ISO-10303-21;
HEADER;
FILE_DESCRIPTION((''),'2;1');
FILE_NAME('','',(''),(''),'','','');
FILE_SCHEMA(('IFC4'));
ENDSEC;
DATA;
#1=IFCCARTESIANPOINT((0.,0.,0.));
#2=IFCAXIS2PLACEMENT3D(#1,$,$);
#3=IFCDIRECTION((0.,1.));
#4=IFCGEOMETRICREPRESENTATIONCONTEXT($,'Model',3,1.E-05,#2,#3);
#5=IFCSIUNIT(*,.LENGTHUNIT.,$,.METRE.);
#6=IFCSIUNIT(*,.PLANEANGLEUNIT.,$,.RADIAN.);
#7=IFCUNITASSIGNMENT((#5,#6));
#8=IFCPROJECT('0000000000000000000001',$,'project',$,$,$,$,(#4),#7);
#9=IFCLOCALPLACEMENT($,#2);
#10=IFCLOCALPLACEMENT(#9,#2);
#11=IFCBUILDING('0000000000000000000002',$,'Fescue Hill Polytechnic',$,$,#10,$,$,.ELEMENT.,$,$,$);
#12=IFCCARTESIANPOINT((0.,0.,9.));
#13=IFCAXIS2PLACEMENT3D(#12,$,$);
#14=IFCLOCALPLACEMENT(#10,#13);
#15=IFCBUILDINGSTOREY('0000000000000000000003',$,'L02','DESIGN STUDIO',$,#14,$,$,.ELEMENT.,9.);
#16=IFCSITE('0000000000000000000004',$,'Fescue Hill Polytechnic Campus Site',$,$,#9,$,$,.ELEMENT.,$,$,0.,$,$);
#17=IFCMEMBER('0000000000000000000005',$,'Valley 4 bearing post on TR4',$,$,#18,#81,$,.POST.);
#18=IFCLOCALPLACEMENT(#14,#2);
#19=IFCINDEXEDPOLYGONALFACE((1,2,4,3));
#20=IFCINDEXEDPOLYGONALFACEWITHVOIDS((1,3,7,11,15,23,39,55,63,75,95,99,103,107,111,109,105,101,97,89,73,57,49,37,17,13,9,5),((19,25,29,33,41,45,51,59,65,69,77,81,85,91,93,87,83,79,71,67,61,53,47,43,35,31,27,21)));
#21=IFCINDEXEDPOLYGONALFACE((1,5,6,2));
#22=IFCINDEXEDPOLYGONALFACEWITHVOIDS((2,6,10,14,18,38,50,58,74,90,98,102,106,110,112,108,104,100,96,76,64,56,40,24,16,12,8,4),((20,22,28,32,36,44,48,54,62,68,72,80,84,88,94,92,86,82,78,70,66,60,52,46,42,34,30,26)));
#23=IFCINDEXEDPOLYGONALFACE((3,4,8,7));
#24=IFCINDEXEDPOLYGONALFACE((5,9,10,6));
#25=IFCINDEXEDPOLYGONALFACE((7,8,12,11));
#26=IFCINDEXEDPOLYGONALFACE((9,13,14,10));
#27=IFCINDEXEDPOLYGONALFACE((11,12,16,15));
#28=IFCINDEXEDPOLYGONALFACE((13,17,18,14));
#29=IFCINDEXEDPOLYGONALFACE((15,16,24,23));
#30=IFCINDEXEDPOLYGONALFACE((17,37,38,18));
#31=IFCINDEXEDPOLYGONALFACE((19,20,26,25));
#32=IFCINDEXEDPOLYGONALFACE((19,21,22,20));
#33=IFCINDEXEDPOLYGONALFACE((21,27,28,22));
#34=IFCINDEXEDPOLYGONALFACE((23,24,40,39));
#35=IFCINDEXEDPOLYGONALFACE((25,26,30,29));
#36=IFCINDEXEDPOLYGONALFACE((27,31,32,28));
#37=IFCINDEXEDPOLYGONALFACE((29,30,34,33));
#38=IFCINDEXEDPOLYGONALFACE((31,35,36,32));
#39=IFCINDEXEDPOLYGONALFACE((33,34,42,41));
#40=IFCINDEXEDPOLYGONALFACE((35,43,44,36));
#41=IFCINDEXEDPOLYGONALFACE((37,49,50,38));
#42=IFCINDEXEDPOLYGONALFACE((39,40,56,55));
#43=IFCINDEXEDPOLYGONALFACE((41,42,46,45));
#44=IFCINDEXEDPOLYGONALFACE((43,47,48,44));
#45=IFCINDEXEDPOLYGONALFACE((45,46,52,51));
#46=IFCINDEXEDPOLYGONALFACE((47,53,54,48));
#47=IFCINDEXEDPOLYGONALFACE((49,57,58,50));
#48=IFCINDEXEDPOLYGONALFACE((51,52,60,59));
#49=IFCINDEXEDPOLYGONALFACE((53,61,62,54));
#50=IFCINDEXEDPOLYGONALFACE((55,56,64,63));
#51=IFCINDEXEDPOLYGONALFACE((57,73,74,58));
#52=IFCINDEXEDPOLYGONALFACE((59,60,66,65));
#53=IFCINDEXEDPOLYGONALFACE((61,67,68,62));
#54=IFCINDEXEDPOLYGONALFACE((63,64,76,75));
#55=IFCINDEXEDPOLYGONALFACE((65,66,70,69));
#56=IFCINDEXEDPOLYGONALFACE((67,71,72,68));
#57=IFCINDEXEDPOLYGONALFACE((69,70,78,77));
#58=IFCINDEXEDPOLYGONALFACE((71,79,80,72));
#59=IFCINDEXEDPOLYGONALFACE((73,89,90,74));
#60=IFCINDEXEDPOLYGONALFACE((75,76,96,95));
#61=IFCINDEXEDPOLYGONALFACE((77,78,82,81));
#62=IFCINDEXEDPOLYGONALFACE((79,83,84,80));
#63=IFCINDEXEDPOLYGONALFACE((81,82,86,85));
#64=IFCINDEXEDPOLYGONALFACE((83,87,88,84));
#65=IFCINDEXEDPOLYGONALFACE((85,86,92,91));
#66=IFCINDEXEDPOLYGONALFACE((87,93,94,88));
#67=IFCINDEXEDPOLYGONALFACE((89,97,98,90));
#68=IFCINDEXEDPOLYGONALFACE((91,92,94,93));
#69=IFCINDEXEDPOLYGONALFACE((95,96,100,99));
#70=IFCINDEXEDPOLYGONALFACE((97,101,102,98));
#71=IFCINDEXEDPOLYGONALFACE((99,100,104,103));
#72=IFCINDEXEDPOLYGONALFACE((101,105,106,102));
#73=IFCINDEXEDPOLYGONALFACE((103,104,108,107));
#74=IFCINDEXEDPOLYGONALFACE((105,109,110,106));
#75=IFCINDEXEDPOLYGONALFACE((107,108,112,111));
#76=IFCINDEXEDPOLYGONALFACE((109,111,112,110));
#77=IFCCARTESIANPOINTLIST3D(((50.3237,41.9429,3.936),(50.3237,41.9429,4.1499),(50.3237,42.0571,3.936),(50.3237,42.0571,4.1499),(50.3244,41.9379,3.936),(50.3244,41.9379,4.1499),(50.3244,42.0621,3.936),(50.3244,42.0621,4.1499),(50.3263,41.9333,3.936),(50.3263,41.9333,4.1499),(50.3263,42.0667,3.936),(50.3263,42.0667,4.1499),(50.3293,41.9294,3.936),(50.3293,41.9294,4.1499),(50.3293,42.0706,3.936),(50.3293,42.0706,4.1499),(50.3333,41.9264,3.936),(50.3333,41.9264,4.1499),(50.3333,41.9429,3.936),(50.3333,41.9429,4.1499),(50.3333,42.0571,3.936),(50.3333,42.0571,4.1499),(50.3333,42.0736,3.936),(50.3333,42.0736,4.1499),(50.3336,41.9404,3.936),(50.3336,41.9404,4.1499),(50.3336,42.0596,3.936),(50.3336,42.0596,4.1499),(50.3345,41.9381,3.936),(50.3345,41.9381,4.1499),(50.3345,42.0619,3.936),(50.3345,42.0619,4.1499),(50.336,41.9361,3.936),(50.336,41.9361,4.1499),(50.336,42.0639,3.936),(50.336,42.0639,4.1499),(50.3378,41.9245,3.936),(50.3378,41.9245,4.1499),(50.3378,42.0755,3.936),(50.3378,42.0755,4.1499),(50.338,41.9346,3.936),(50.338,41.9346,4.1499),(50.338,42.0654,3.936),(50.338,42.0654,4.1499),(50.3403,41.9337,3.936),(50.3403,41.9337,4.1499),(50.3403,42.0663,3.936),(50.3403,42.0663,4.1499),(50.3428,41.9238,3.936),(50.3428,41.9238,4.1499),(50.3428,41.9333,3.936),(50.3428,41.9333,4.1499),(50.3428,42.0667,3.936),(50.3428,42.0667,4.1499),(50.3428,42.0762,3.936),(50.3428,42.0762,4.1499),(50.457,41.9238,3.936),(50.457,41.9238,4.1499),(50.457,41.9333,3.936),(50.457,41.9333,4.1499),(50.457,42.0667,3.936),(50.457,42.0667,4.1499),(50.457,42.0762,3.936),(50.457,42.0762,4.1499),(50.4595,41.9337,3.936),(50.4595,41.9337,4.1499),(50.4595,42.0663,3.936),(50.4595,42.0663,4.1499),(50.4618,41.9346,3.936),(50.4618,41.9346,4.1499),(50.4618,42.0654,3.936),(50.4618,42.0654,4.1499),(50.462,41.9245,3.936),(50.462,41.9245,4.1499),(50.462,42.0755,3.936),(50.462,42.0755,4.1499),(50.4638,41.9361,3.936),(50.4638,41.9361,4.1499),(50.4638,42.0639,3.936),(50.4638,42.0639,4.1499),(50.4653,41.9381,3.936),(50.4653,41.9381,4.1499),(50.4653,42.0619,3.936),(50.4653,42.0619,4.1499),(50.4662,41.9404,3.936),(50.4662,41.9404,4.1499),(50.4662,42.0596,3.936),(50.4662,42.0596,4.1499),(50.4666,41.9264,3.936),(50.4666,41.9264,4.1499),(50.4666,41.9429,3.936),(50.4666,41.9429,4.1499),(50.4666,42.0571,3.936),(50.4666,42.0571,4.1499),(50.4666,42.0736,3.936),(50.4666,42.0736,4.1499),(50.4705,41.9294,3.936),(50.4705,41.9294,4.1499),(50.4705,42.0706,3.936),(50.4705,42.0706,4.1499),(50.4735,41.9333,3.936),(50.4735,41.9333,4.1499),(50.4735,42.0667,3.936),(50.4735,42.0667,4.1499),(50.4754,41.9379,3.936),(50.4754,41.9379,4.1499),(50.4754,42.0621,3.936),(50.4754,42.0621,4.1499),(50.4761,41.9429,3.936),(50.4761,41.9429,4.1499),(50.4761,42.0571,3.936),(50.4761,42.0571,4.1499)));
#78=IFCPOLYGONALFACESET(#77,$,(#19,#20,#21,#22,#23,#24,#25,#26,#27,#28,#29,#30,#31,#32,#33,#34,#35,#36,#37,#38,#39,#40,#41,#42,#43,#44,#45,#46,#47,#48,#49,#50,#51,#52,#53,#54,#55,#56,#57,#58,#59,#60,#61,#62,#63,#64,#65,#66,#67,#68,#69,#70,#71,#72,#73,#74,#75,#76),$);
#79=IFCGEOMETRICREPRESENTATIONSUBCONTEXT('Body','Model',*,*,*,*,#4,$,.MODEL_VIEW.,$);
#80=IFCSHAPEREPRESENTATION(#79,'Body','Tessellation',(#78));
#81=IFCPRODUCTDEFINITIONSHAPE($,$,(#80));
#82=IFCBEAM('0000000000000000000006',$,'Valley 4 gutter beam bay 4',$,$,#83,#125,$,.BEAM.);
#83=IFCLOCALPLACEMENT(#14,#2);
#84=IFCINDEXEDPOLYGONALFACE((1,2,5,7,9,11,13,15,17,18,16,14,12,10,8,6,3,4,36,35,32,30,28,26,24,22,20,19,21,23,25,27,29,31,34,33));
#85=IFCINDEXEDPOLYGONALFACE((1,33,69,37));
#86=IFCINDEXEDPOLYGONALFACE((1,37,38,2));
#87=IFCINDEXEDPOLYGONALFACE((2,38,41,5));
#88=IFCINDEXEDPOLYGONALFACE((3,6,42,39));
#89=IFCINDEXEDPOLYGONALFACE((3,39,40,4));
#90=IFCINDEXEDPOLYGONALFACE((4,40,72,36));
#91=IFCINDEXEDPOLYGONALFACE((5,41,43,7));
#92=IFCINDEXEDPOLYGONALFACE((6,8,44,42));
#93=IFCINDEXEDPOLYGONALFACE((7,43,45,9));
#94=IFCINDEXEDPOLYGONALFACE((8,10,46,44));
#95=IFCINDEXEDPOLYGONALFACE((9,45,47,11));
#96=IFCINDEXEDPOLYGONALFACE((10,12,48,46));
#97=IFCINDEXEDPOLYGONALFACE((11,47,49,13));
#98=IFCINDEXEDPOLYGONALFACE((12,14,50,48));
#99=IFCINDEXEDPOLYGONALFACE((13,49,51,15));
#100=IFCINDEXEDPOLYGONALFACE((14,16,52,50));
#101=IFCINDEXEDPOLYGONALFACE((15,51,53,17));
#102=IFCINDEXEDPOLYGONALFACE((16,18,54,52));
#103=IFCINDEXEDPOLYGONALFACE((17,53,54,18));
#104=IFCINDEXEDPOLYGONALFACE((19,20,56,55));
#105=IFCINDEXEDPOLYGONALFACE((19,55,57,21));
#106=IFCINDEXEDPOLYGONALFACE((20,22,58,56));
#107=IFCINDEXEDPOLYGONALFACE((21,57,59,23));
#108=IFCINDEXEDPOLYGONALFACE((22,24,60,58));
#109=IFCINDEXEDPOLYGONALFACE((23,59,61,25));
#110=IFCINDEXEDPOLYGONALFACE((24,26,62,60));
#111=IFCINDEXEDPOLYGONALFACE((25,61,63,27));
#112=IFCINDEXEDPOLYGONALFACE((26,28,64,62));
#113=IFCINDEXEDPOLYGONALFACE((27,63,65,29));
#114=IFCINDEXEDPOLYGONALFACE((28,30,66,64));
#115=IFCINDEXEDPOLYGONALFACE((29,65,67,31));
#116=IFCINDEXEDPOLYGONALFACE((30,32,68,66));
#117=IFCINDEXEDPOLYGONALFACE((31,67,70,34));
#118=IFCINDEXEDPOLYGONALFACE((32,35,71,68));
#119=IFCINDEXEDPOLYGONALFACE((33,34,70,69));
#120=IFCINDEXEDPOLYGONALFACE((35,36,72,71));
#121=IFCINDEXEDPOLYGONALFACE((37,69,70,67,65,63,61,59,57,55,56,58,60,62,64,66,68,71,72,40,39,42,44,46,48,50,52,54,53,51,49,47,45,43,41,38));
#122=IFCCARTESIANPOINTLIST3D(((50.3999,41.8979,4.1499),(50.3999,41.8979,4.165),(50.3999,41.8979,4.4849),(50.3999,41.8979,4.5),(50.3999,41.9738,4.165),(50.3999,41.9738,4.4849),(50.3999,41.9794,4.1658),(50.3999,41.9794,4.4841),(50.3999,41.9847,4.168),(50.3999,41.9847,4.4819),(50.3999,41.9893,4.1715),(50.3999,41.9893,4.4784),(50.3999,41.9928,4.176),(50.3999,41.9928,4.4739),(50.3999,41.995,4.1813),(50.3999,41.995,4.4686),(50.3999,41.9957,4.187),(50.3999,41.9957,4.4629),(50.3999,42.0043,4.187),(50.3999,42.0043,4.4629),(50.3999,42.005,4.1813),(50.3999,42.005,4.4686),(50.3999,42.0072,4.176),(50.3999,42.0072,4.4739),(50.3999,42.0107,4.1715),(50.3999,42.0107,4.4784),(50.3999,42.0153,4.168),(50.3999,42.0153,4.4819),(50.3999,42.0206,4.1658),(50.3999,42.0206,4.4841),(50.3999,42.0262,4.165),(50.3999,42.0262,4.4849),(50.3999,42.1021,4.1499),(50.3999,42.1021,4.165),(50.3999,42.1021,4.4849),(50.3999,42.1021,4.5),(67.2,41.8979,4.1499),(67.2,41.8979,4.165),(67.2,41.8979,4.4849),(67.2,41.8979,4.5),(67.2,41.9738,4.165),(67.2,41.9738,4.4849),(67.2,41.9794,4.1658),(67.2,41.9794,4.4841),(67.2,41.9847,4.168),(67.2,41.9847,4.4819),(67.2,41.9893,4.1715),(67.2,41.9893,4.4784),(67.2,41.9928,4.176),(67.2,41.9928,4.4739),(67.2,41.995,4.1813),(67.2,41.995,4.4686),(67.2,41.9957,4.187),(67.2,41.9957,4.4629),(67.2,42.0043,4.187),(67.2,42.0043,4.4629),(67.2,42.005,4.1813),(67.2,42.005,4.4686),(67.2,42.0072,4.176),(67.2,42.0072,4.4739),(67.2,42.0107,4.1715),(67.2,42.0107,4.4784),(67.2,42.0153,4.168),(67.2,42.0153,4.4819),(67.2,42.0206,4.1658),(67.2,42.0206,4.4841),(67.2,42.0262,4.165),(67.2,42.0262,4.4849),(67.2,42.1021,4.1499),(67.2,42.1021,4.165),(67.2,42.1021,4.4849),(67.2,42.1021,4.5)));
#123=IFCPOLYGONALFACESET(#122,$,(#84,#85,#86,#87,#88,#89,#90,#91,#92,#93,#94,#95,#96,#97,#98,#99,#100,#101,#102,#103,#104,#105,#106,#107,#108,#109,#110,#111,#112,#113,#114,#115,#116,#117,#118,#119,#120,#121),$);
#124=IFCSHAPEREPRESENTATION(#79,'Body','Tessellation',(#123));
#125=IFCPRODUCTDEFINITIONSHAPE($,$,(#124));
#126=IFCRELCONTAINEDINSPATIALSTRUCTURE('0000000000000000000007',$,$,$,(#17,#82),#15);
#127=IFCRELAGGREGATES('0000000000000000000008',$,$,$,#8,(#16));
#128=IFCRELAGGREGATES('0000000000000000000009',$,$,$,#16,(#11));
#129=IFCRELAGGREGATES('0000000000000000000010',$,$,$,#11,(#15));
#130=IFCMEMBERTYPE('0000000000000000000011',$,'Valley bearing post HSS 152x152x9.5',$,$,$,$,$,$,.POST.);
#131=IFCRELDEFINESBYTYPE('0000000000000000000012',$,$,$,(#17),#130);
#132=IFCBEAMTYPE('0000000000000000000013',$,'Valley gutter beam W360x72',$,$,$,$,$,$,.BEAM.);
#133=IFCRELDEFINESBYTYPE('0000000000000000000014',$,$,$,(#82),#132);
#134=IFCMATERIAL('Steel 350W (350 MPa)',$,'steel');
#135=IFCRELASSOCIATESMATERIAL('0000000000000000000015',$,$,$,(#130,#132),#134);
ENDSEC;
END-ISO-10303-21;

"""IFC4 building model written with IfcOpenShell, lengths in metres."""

from ifc_helpers import new_model, si_unit, direction, frame, origin, origin_2d, place, context, subcontext, project, spatial, hollow_rectangle, i_section, extrude, material, material_profile, profile_set, type_object, element, save


model = new_model("IFC4")

# Units and contexts
model_context = context("Model", 3, precision=1e-05, world=origin(), true_north=direction((0.0, 1.0)))
body_context = subcontext(model_context, "Body", "Model", "MODEL_VIEW")
ifc_project = project(units=[si_unit("LENGTHUNIT", "METRE"), si_unit("PLANEANGLEUNIT", "RADIAN")], contexts=[model_context])

# Site, building, storey
site_placement = place(None, origin())
site = spatial("IfcSite", under=ifc_project, at=site_placement, Name="Fescue Hill Polytechnic Campus Site", CompositionType="ELEMENT", RefElevation=0.0)
building_placement = place(site_placement, origin())
building = spatial("IfcBuilding", under=site, at=building_placement, Name="Fescue Hill Polytechnic", CompositionType="ELEMENT")
storey_placement = place(building_placement, frame((0.0, 0.0, 9.0)))
storey = spatial("IfcBuildingStorey", under=building, at=storey_placement, Name="L02", Description="DESIGN STUDIO", CompositionType="ELEMENT", Elevation=9.0)

# Member
ifc_material = material(Name="Steel 350W (350 MPa)", Category="steel")
ifc_material_profile_1 = material_profile(ifc_material, hollow_rectangle(XDim=0.1523, YDim=0.1523, WallThickness=0.0095, InnerFilletRadius=0.0095, OuterFilletRadius=0.019, at=origin_2d()), Name="Valley bearing post HSS 152x152x9.5")
ifc_profile_set_1 = profile_set([ifc_material_profile_1], Name="Steel 350W (350 MPa)")
member_type_1 = type_object("IfcMemberType", Name="Valley bearing post HSS 152x152x9.5", PredefinedType="POST", material=ifc_profile_set_1)
member_1_placement = place(storey_placement, frame((50.3999, 42.0, 3.936), z_axis=(0.0, 0.0, 1.0), x_axis=(1.0, 0.0, 0.0)))
element("IfcMember", 1, at=member_1_placement, inside=storey, type_object=member_type_1, Name="Valley 4 bearing post on TR4", PredefinedType="POST", context=body_context, shape_type="SweptSolid", body=[
    extrude(hollow_rectangle(XDim=0.1523, YDim=0.1523, WallThickness=0.0095, InnerFilletRadius=0.0095, OuterFilletRadius=0.019, at=origin_2d()), origin(), (0.0, 0.0, 1.0), 0.2139),
])

# Beam
ifc_material_profile_2 = material_profile(ifc_material, i_section(OverallWidth=0.2041, OverallDepth=0.3501, WebThickness=0.0085, FlangeThickness=0.0151, FilletRadius=0.022, at=origin_2d()), Name="W360x72")
ifc_profile_set_2 = profile_set([ifc_material_profile_2], Name="Steel 350W (350 MPa)")
beam_type = type_object("IfcBeamType", Name="Valley gutter beam W360x72", PredefinedType="BEAM", material=ifc_profile_set_2)
beam_placement = place(storey_placement, frame((50.3999, 42.0, 4.325), z_axis=(1.0, 0.0, 0.0), x_axis=(0.0, 1.0, 0.0)))
element("IfcBeam", 2, at=beam_placement, inside=storey, type_object=beam_type, Name="Valley 4 gutter beam bay 4", PredefinedType="BEAM", context=body_context, shape_type="SweptSolid", body=[
    extrude(i_section(OverallWidth=0.2041, OverallDepth=0.3501, WebThickness=0.0085, FlangeThickness=0.0151, FilletRadius=0.022, at=origin_2d()), origin(), (0.0, 0.0, 1.0), 16.8),
])

save(model, "model.ifc")
